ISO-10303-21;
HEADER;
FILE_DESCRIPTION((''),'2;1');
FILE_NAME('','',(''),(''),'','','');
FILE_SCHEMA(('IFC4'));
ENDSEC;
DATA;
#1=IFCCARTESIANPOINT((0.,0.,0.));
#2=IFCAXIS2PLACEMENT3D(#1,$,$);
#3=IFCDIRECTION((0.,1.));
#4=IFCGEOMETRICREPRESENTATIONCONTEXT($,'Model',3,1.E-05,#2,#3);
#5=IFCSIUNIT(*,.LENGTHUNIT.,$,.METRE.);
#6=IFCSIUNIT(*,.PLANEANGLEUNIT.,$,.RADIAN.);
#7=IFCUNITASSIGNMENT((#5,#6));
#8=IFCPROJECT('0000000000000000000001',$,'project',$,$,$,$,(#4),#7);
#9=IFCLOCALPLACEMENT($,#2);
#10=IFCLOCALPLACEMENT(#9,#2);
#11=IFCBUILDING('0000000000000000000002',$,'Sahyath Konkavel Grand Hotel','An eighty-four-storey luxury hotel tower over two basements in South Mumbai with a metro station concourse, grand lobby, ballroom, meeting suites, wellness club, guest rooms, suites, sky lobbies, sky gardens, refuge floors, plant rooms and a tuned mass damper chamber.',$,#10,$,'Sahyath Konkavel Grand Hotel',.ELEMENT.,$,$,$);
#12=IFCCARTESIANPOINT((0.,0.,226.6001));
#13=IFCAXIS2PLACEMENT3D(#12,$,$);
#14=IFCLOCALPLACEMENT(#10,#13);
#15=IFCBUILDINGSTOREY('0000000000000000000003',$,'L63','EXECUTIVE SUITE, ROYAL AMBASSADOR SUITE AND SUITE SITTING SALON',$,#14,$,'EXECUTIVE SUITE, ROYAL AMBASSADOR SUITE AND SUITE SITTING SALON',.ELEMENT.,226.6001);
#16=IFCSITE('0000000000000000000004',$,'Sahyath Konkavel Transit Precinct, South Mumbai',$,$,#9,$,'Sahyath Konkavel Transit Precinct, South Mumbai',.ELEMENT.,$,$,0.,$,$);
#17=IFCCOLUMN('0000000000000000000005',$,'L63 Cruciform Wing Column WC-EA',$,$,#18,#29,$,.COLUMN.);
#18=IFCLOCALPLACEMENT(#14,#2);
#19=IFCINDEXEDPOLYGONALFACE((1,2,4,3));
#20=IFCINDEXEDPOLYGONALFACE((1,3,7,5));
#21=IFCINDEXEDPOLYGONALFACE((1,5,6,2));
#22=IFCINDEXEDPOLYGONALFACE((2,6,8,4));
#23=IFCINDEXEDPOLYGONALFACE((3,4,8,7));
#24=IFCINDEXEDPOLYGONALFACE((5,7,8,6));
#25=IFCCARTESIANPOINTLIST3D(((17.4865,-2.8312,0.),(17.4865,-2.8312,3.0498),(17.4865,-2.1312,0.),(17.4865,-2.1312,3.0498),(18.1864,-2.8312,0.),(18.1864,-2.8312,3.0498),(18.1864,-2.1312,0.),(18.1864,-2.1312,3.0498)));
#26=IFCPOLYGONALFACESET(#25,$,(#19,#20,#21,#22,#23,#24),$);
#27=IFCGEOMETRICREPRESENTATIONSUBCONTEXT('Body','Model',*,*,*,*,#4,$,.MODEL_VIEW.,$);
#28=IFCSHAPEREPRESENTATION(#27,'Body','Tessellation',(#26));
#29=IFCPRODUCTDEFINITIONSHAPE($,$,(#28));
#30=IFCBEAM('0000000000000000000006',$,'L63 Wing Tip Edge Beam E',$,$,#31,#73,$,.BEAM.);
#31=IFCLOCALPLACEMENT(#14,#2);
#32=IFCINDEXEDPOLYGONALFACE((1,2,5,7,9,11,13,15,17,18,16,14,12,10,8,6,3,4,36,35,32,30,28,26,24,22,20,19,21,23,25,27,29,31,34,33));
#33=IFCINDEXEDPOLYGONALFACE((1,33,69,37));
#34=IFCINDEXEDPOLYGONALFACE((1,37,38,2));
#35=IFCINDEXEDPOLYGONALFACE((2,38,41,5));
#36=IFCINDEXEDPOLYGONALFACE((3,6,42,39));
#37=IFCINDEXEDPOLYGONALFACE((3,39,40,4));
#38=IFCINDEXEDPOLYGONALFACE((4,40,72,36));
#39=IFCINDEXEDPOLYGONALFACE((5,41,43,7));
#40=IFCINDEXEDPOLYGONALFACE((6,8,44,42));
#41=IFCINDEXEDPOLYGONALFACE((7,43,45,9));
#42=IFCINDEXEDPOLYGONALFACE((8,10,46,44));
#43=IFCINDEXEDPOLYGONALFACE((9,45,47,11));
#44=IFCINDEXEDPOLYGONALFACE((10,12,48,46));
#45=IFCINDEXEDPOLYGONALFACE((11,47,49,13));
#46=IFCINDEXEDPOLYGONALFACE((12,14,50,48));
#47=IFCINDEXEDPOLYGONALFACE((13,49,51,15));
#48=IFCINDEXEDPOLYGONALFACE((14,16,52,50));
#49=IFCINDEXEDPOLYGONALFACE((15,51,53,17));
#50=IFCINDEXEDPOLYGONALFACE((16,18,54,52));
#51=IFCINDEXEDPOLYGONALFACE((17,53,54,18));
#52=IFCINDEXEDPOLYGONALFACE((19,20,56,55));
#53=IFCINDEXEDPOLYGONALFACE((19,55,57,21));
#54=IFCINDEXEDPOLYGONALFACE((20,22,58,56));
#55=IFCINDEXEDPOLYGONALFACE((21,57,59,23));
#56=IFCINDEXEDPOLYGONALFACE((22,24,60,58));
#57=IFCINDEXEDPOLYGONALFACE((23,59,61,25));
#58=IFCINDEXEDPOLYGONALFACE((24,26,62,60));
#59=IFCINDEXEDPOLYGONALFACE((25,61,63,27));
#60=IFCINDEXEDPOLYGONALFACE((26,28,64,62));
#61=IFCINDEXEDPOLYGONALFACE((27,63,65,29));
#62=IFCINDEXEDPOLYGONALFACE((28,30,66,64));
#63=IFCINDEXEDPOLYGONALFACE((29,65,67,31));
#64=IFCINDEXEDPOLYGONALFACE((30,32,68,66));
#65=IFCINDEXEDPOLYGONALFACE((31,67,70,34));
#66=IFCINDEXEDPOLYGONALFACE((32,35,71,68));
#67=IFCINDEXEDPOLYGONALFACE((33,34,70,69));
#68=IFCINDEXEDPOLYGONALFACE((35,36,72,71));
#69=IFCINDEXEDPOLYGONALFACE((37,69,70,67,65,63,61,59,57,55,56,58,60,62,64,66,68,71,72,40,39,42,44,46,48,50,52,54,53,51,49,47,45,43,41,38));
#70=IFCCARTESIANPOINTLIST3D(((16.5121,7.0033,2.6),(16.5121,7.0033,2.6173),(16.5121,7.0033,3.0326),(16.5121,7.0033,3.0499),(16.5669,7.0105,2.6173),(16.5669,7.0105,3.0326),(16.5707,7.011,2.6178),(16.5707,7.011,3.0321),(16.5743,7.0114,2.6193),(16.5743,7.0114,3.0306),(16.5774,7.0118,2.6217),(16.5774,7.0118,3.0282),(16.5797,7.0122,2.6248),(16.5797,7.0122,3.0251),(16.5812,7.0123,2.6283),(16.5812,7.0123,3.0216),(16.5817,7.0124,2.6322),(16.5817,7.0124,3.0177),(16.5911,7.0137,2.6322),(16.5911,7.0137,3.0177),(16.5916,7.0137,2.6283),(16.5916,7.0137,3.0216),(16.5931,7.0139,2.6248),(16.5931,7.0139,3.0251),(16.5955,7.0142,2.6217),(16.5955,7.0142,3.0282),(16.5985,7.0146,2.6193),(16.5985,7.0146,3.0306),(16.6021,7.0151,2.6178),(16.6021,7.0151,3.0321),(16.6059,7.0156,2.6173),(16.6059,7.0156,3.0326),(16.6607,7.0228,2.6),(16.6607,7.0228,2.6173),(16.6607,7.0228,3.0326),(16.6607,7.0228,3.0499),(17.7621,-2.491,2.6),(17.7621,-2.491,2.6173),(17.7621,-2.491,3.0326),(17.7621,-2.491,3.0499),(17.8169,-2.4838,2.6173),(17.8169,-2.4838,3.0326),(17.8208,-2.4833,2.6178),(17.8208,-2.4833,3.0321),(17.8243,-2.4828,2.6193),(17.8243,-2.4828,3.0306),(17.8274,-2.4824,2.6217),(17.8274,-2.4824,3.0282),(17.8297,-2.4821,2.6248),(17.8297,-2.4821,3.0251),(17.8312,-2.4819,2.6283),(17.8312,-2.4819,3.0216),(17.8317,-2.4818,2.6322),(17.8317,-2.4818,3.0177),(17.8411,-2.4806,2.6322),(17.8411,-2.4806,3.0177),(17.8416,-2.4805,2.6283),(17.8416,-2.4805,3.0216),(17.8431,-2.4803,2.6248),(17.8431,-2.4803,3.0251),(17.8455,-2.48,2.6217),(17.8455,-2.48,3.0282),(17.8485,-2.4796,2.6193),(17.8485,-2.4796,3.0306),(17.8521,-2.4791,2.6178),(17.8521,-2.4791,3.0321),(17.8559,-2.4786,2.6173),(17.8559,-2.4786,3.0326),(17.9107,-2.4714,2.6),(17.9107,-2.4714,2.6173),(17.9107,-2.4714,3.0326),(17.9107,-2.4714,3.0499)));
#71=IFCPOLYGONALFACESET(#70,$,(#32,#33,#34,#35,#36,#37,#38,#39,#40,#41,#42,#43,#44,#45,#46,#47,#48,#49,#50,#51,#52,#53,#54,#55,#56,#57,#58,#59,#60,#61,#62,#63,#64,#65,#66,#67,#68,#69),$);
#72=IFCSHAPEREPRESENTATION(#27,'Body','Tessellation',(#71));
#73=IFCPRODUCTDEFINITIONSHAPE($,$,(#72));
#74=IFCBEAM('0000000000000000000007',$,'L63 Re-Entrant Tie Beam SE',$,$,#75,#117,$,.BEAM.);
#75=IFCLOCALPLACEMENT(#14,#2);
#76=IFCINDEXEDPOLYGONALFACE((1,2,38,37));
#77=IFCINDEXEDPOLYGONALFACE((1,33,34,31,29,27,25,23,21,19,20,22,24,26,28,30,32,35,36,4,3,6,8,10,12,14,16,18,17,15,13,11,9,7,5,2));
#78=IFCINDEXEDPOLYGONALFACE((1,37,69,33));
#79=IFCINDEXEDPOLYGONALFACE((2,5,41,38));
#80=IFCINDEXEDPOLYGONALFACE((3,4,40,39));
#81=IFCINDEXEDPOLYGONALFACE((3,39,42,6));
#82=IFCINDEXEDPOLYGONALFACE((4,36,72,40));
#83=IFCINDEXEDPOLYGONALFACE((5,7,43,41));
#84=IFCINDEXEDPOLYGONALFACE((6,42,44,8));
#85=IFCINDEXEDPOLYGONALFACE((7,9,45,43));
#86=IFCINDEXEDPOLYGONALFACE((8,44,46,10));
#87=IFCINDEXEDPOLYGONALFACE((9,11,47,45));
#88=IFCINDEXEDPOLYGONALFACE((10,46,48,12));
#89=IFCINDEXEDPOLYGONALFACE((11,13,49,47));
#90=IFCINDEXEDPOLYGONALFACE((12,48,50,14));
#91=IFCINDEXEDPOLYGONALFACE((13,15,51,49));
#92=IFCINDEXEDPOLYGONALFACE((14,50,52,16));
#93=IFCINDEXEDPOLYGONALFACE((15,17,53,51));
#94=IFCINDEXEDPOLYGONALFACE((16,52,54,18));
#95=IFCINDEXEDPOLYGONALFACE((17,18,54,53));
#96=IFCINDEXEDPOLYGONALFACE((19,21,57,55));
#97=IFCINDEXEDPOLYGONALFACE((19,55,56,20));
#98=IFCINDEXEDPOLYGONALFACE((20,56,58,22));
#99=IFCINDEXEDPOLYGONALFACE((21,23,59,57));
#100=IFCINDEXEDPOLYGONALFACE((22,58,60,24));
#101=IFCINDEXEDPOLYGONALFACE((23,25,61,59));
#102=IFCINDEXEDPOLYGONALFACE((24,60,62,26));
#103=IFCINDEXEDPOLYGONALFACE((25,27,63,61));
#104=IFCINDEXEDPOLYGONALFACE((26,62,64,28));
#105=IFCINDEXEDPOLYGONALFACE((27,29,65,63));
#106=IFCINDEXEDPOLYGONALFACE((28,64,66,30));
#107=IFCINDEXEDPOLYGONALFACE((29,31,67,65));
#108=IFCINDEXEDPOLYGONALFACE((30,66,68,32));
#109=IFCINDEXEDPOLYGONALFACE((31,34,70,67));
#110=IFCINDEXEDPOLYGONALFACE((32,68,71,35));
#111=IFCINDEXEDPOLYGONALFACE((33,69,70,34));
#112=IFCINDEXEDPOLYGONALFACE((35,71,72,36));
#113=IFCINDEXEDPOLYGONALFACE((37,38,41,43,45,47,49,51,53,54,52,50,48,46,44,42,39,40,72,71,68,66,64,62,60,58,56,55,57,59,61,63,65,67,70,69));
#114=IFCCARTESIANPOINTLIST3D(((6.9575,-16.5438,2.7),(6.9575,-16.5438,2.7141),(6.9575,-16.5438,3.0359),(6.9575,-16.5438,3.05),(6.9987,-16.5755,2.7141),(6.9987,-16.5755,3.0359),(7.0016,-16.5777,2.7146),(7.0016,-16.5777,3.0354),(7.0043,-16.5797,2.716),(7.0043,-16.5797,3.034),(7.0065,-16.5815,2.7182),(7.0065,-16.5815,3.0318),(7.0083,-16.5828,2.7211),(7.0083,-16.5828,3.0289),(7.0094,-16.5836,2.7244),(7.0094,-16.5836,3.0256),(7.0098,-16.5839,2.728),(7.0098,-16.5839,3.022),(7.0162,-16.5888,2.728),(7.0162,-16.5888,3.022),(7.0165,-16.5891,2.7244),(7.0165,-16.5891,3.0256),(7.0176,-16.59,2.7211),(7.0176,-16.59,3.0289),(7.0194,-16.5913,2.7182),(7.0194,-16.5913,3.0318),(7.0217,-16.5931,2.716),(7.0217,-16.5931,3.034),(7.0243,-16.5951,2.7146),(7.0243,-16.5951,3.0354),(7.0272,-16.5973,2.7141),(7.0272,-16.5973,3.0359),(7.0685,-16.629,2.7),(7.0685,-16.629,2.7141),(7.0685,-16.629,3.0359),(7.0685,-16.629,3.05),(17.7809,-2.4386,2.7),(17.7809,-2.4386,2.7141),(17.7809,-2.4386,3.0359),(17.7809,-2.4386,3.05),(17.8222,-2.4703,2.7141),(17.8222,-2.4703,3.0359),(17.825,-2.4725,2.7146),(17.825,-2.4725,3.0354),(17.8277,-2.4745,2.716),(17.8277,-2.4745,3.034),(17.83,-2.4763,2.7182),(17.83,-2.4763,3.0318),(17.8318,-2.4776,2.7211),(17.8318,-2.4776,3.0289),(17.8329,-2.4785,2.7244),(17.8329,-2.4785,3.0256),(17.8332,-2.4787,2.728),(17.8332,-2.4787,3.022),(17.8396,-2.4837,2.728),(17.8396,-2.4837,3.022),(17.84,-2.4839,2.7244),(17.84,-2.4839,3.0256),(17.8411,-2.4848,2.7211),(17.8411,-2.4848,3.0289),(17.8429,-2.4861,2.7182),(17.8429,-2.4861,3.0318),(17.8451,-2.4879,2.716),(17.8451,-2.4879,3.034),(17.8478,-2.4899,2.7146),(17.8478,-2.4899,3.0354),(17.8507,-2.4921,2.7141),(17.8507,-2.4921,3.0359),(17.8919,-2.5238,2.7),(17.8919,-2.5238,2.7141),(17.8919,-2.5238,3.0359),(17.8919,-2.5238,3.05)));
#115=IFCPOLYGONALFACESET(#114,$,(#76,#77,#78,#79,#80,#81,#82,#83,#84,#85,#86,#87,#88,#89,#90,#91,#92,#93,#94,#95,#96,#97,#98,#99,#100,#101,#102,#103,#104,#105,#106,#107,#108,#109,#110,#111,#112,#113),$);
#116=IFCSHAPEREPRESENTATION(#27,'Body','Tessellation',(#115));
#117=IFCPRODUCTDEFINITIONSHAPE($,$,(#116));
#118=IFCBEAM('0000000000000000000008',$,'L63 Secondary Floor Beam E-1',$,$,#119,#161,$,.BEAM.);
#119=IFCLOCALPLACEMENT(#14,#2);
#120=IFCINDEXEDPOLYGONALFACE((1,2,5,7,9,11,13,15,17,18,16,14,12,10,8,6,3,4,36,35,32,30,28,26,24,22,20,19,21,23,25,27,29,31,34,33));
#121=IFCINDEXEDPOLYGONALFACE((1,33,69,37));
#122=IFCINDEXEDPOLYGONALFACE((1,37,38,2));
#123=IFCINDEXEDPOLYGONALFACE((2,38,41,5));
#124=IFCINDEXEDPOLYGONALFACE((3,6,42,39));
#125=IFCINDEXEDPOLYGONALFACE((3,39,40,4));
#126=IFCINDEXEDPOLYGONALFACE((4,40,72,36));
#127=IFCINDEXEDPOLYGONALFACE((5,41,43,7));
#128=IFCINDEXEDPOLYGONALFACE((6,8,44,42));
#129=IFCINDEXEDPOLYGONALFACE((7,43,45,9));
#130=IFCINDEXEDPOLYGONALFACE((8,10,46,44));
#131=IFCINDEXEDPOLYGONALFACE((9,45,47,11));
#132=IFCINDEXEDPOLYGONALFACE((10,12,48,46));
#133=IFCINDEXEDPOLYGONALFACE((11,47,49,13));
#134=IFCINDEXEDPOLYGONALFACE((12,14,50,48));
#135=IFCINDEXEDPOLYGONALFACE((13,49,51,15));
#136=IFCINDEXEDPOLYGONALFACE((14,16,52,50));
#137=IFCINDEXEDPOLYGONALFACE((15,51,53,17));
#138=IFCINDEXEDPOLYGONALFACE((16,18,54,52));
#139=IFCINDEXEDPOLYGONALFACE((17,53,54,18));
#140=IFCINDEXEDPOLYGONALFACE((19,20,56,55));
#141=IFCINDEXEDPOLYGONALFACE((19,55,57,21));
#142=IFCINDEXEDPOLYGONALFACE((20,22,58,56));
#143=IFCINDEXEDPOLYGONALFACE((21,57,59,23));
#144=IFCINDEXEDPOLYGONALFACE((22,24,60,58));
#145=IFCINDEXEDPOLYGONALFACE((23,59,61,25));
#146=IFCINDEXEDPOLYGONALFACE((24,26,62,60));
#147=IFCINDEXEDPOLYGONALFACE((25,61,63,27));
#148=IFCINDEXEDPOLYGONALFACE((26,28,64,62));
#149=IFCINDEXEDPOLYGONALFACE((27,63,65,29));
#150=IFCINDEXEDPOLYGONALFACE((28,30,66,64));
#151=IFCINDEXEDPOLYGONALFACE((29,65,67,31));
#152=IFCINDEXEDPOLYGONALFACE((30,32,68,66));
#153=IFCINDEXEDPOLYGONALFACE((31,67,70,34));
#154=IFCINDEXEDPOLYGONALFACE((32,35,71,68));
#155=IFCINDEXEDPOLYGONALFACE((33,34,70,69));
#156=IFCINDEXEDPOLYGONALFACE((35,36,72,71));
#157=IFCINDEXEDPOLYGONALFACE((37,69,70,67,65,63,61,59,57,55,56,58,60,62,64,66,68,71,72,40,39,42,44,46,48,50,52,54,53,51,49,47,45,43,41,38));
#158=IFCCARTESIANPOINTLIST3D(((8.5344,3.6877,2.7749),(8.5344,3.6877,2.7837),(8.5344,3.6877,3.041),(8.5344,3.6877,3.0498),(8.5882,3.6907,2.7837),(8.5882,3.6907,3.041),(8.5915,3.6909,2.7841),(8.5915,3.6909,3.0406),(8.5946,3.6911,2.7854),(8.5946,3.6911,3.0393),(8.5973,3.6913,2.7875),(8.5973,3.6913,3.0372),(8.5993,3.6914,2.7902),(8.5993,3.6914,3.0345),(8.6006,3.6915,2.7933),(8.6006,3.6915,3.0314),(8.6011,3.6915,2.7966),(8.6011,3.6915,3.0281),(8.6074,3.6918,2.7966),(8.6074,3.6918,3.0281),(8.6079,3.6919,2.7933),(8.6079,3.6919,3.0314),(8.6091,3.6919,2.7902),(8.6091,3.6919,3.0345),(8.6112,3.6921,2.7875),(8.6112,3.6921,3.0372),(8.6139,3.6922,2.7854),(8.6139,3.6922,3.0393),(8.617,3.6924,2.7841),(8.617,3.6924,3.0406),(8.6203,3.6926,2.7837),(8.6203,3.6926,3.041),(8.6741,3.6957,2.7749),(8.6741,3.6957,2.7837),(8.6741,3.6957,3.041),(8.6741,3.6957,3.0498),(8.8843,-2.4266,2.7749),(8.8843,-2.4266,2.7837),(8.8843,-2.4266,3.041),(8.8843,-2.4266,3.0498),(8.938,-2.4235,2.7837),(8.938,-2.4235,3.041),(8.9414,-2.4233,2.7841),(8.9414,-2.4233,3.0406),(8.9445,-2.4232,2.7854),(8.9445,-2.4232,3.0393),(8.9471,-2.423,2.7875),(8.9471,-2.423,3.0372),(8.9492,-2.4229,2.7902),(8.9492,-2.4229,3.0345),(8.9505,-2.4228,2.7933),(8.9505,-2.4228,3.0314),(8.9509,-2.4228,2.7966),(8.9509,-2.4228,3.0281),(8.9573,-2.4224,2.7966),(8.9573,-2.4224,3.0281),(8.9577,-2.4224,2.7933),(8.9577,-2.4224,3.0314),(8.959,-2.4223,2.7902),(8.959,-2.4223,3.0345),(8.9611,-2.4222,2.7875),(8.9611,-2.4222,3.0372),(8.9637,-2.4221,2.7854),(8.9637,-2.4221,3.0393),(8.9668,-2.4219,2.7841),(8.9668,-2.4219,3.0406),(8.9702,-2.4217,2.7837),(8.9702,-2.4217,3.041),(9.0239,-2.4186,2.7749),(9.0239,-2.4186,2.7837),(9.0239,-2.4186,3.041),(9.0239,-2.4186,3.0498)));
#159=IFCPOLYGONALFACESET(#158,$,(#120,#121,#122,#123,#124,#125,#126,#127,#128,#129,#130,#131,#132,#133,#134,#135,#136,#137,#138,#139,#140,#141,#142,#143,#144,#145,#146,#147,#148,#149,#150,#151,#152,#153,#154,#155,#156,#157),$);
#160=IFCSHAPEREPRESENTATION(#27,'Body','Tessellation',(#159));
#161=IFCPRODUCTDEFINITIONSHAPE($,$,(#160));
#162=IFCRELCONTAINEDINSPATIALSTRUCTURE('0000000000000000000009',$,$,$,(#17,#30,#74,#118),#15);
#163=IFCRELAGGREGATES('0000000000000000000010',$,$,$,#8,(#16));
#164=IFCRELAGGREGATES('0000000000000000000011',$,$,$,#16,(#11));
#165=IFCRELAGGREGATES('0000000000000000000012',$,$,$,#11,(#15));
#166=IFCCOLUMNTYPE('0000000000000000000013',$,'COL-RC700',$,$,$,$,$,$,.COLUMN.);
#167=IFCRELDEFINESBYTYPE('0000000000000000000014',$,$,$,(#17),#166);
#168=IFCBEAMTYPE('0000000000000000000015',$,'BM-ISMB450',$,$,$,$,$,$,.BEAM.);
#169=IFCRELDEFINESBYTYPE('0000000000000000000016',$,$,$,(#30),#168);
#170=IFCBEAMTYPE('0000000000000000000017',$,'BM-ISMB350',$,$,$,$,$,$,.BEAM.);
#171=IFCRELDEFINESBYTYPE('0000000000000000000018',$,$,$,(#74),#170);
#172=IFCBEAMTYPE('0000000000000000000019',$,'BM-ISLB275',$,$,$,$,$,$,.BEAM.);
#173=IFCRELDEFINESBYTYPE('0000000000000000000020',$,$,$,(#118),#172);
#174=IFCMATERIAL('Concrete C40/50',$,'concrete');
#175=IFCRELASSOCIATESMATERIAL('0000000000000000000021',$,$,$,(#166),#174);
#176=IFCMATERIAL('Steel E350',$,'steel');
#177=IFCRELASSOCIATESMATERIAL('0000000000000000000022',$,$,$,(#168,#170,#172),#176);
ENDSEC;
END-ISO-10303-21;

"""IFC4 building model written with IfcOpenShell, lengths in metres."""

from ifc_helpers import new_model, si_unit, direction, frame, origin, origin_2d, place, context, subcontext, project, spatial, rectangle, i_section, extrude, source, transform, mapped, material, material_profile, profile_set, type_object, element, save


model = new_model("IFC4")

# Units and contexts
model_context = context("Model", 3, precision=1e-05, world=origin(), true_north=direction((0.0, 1.0)))
body_context = subcontext(model_context, "Body", "Model", "MODEL_VIEW")
ifc_project = project(units=[si_unit("LENGTHUNIT", "METRE"), si_unit("PLANEANGLEUNIT", "RADIAN")], contexts=[model_context])

# Site, building, storey
site_placement = place(None, origin())
site = spatial("IfcSite", under=ifc_project, at=site_placement, Name="Sahyath Konkavel Transit Precinct, South Mumbai", LongName="Sahyath Konkavel Transit Precinct, South Mumbai", CompositionType="ELEMENT", RefElevation=0.0)
building_placement = place(site_placement, origin())
building = spatial("IfcBuilding", under=site, at=building_placement, Name="Sahyath Konkavel Grand Hotel", Description="An eighty-four-storey luxury hotel tower over two basements in South Mumbai with a metro station concourse, grand lobby, ballroom, meeting suites, wellness club, guest rooms, suites, sky lobbies, sky gardens, refuge floors, plant rooms and a tuned mass damper chamber.", LongName="Sahyath Konkavel Grand Hotel", CompositionType="ELEMENT")
storey_placement = place(building_placement, frame((0.0, 0.0, 226.6001)))
storey = spatial("IfcBuildingStorey", under=building, at=storey_placement, Name="L63", Description="EXECUTIVE SUITE, ROYAL AMBASSADOR SUITE AND SUITE SITTING SALON", LongName="EXECUTIVE SUITE, ROYAL AMBASSADOR SUITE AND SUITE SITTING SALON", CompositionType="ELEMENT", Elevation=226.6001)

# Column
ifc_material_1 = material(Name="Concrete C40/50", Category="concrete")
ifc_material_profile_1 = material_profile(ifc_material_1, rectangle(XDim=0.7, YDim=0.7, at=origin_2d()), Name="RC 700x700")
ifc_profile_set_1 = profile_set([ifc_material_profile_1], Name="Concrete C40/50")
column_type = type_object("IfcColumnType", Name="COL-RC700", PredefinedType="COLUMN", material=ifc_profile_set_1)
shared_shape_1 = source(origin(), body_context, "Body", "SweptSolid", [
    extrude(rectangle(XDim=0.7, YDim=0.7, at=origin_2d()), origin(), (0.0, 0.0, 1.0), 3.0498),
])
column_placement = place(storey_placement, frame((17.8364, -2.4812, 0.0), z_axis=(0.0, 0.0, 1.0), x_axis=(1.0, 0.0, 0.0)))
element("IfcColumn", 1, at=column_placement, inside=storey, type_object=column_type, Name="L63 Cruciform Wing Column WC-EA", PredefinedType="COLUMN", context=body_context, shape_type="MappedRepresentation", body=[
    mapped(shared_shape_1, transform((0.0, 0.0, 0.0), scale=1.0)),
])

# Beams
ifc_material_2 = material(Name="Steel E350", Category="steel")
ifc_material_profile_2 = material_profile(ifc_material_2, i_section(OverallWidth=0.1499, OverallDepth=0.45, WebThickness=0.0095, FlangeThickness=0.0173, FilletRadius=0.0149, at=origin_2d()), Name="ISMB 450")
ifc_profile_set_2 = profile_set([ifc_material_profile_2], Name="Steel E350")
beam_type_1 = type_object("IfcBeamType", Name="BM-ISMB450", PredefinedType="BEAM", material=ifc_profile_set_2)
shared_shape_2 = source(origin(), body_context, "Body", "SweptSolid", [
    extrude(i_section(OverallWidth=0.1499, OverallDepth=0.45, WebThickness=0.0095, FlangeThickness=0.0173, FilletRadius=0.0149, at=origin_2d()), origin(), (0.0, 0.0, 1.0), 9.5762),
])
beam_1_placement = place(storey_placement, frame((17.8364, -2.4812, 2.825), z_axis=(-0.130534, 0.991444, 0.0), x_axis=(-0.991444, -0.130534, 0.0)))
element("IfcBeam", 2, at=beam_1_placement, inside=storey, type_object=beam_type_1, Name="L63 Wing Tip Edge Beam E", PredefinedType="BEAM", context=body_context, shape_type="MappedRepresentation", body=[
    mapped(shared_shape_2, transform((0.0, 0.0, 0.0), scale=1.0)),
])
ifc_material_profile_3 = material_profile(ifc_material_2, i_section(OverallWidth=0.1399, OverallDepth=0.3501, WebThickness=0.0081, FlangeThickness=0.0142, FilletRadius=0.0139, at=origin_2d()), Name="ISMB 350")
ifc_profile_set_3 = profile_set([ifc_material_profile_3], Name="Steel E350")
beam_type_2 = type_object("IfcBeamType", Name="BM-ISMB350", PredefinedType="BEAM", material=ifc_profile_set_3)
shared_shape_3 = source(origin(), body_context, "Body", "SweptSolid", [
    extrude(i_section(OverallWidth=0.1399, OverallDepth=0.3501, WebThickness=0.0081, FlangeThickness=0.0142, FilletRadius=0.0139, at=origin_2d()), origin(), (0.0, 0.0, 1.0), 17.7793),
])
beam_2_placement = place(storey_placement, frame((17.8364, -2.4812, 2.875), z_axis=(-0.608767, -0.793349, 0.0), x_axis=(0.793349, -0.608767, 0.0)))
element("IfcBeam", 3, at=beam_2_placement, inside=storey, type_object=beam_type_2, Name="L63 Re-Entrant Tie Beam SE", PredefinedType="BEAM", context=body_context, shape_type="MappedRepresentation", body=[
    mapped(shared_shape_3, transform((0.0, 0.0, 0.0), scale=1.0)),
])
ifc_material_profile_4 = material_profile(ifc_material_2, i_section(OverallWidth=0.1399, OverallDepth=0.2749, WebThickness=0.0063, FlangeThickness=0.0088, FilletRadius=0.0129, at=origin_2d()), Name="ISLB 275")
ifc_profile_set_4 = profile_set([ifc_material_profile_4], Name="Steel E350")
beam_type_3 = type_object("IfcBeamType", Name="BM-ISLB275", PredefinedType="BEAM", material=ifc_profile_set_4)
shared_shape_4 = source(origin(), body_context, "Body", "SweptSolid", [
    extrude(i_section(OverallWidth=0.1399, OverallDepth=0.2749, WebThickness=0.0063, FlangeThickness=0.0088, FilletRadius=0.0129, at=origin_2d()), origin(), (0.0, 0.0, 1.0), 6.1243),
])
beam_3_placement = place(storey_placement, frame((8.9541, -2.4226, 2.9124), z_axis=(-0.057126, 0.998367, 0.0), x_axis=(-0.998367, -0.057126, 0.0)))
element("IfcBeam", 4, at=beam_3_placement, inside=storey, type_object=beam_type_3, Name="L63 Secondary Floor Beam E-1", PredefinedType="BEAM", context=body_context, shape_type="MappedRepresentation", body=[
    mapped(shared_shape_4, transform((0.0, 0.0, 0.0), scale=1.0)),
])

save(model, "model.ifc")
